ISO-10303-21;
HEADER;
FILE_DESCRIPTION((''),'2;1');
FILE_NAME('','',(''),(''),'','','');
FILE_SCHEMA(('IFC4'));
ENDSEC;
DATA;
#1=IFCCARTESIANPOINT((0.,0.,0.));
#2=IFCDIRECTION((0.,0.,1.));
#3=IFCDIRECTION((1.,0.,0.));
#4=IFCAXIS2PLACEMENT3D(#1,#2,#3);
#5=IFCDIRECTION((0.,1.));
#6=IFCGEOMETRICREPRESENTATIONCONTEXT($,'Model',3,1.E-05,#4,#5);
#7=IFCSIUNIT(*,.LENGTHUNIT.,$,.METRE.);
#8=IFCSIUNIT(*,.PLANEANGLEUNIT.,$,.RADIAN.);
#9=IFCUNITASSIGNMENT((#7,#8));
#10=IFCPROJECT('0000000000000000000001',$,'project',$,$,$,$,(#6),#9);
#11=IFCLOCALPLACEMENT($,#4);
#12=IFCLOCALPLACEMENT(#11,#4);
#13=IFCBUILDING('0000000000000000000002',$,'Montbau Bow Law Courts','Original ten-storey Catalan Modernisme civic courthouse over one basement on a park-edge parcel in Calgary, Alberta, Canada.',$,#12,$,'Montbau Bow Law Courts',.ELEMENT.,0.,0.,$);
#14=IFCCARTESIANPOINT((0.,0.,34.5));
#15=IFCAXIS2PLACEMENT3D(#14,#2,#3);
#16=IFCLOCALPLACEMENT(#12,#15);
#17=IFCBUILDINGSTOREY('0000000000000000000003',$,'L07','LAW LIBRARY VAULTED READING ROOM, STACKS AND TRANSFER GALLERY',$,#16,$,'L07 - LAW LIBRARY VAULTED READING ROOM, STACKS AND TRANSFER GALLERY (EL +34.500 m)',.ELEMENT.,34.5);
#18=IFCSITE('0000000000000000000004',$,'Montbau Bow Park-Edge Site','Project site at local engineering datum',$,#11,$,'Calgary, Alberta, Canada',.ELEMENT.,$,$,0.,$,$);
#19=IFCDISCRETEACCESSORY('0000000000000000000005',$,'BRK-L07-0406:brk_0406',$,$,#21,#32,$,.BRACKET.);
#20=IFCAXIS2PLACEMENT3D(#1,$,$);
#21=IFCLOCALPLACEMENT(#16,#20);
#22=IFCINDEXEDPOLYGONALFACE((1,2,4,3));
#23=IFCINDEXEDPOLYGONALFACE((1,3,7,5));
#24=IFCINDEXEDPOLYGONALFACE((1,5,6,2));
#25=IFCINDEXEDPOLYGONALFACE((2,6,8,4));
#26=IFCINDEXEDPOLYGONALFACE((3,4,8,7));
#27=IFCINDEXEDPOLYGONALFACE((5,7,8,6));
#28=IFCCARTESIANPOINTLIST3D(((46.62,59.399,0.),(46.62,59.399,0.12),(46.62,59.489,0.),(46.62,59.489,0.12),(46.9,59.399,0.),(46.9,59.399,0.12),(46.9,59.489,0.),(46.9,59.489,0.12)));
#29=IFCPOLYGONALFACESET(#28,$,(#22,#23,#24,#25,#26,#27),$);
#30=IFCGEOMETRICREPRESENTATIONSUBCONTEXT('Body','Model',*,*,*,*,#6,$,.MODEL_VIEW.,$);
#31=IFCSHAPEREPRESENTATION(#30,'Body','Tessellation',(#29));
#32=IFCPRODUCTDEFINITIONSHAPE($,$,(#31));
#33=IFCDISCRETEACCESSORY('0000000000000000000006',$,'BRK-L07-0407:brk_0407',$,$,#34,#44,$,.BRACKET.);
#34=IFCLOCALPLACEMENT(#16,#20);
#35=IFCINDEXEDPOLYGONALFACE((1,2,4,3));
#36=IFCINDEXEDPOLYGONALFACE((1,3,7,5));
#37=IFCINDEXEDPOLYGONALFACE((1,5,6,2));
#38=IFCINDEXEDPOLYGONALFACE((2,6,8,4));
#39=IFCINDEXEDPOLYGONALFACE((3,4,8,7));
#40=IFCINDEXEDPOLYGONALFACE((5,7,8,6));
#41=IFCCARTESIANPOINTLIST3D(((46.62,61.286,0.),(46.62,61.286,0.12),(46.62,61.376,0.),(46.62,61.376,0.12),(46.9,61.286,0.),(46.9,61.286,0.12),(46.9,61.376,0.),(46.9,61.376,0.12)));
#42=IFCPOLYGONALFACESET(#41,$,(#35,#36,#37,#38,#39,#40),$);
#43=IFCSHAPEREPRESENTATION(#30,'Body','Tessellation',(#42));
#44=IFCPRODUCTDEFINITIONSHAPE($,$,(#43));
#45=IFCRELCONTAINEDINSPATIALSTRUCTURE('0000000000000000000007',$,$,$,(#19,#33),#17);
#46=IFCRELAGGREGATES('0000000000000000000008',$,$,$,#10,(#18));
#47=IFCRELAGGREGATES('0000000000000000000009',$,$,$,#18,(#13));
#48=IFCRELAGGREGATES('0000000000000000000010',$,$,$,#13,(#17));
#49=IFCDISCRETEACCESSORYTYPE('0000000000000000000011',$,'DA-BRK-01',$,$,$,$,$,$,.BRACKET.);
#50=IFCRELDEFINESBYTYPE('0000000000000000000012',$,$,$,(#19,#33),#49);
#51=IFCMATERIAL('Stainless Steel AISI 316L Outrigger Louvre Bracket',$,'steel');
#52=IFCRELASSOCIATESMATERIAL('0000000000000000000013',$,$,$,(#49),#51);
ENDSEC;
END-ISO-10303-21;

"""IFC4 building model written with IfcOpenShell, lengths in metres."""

from ifc_helpers import new_model, si_unit, direction, frame, origin_with_axes, origin_2d_with_axis, place, context, subcontext, project, spatial, rectangle, extrude, material, type_object, element, save


model = new_model("IFC4")

# Units and contexts
model_context = context("Model", 3, precision=1e-05, world=origin_with_axes(), true_north=direction((0.0, 1.0)))
body_context = subcontext(model_context, "Body", "Model", "MODEL_VIEW")
ifc_project = project(units=[si_unit("LENGTHUNIT", "METRE"), si_unit("PLANEANGLEUNIT", "RADIAN")], contexts=[model_context])

# Site, building, storey
site_placement = place(None, origin_with_axes())
site = spatial("IfcSite", under=ifc_project, at=site_placement, Name="Montbau Bow Park-Edge Site", Description="Project site at local engineering datum", LongName="Calgary, Alberta, Canada", CompositionType="ELEMENT", RefElevation=0.0)
building_placement = place(site_placement, origin_with_axes())
building = spatial("IfcBuilding", under=site, at=building_placement, Name="Montbau Bow Law Courts", Description="Original ten-storey Catalan Modernisme civic courthouse over one basement on a park-edge parcel in Calgary, Alberta, Canada.", LongName="Montbau Bow Law Courts", CompositionType="ELEMENT", ElevationOfRefHeight=0.0, ElevationOfTerrain=0.0)
storey_placement = place(building_placement, frame((0.0, 0.0, 34.5), z_axis=(0.0, 0.0, 1.0), x_axis=(1.0, 0.0, 0.0)))
storey = spatial("IfcBuildingStorey", under=building, at=storey_placement, Name="L07", Description="LAW LIBRARY VAULTED READING ROOM, STACKS AND TRANSFER GALLERY", LongName="L07 - LAW LIBRARY VAULTED READING ROOM, STACKS AND TRANSFER GALLERY (EL +34.500 m)", CompositionType="ELEMENT", Elevation=34.5)

# Discrete accessories
ifc_material_1 = material(Name="Stainless Steel AISI 316L Outrigger Louvre Bracket", Category="steel")
discrete_accessory_type = type_object("IfcDiscreteAccessoryType", Name="DA-BRK-01", PredefinedType="BRACKET", material=ifc_material_1)
for number, where, z_axis, x_axis, name in (
    (1, (46.76, 59.444, 34.5), (0.0, 0.0, 1.0), (1.0, 0.0, 0.0), "BRK-L07-0406:brk_0406"),
    (2, (46.76, 61.331, 34.5), (0.0, 0.0, 1.0), (1.0, 0.0, 0.0), "BRK-L07-0407:brk_0407"),
):
    element("IfcDiscreteAccessory", number, at=place(None, frame(where, z_axis=z_axis, x_axis=x_axis)), inside=storey, type_object=discrete_accessory_type, Name=name, PredefinedType="BRACKET", context=body_context, shape_type="SweptSolid", body=[
        extrude(rectangle(XDim=0.28, YDim=0.09, at=origin_2d_with_axis()), origin_with_axes(), (0.0, 0.0, 1.0), 0.12),
    ])

save(model, "model.ifc")
